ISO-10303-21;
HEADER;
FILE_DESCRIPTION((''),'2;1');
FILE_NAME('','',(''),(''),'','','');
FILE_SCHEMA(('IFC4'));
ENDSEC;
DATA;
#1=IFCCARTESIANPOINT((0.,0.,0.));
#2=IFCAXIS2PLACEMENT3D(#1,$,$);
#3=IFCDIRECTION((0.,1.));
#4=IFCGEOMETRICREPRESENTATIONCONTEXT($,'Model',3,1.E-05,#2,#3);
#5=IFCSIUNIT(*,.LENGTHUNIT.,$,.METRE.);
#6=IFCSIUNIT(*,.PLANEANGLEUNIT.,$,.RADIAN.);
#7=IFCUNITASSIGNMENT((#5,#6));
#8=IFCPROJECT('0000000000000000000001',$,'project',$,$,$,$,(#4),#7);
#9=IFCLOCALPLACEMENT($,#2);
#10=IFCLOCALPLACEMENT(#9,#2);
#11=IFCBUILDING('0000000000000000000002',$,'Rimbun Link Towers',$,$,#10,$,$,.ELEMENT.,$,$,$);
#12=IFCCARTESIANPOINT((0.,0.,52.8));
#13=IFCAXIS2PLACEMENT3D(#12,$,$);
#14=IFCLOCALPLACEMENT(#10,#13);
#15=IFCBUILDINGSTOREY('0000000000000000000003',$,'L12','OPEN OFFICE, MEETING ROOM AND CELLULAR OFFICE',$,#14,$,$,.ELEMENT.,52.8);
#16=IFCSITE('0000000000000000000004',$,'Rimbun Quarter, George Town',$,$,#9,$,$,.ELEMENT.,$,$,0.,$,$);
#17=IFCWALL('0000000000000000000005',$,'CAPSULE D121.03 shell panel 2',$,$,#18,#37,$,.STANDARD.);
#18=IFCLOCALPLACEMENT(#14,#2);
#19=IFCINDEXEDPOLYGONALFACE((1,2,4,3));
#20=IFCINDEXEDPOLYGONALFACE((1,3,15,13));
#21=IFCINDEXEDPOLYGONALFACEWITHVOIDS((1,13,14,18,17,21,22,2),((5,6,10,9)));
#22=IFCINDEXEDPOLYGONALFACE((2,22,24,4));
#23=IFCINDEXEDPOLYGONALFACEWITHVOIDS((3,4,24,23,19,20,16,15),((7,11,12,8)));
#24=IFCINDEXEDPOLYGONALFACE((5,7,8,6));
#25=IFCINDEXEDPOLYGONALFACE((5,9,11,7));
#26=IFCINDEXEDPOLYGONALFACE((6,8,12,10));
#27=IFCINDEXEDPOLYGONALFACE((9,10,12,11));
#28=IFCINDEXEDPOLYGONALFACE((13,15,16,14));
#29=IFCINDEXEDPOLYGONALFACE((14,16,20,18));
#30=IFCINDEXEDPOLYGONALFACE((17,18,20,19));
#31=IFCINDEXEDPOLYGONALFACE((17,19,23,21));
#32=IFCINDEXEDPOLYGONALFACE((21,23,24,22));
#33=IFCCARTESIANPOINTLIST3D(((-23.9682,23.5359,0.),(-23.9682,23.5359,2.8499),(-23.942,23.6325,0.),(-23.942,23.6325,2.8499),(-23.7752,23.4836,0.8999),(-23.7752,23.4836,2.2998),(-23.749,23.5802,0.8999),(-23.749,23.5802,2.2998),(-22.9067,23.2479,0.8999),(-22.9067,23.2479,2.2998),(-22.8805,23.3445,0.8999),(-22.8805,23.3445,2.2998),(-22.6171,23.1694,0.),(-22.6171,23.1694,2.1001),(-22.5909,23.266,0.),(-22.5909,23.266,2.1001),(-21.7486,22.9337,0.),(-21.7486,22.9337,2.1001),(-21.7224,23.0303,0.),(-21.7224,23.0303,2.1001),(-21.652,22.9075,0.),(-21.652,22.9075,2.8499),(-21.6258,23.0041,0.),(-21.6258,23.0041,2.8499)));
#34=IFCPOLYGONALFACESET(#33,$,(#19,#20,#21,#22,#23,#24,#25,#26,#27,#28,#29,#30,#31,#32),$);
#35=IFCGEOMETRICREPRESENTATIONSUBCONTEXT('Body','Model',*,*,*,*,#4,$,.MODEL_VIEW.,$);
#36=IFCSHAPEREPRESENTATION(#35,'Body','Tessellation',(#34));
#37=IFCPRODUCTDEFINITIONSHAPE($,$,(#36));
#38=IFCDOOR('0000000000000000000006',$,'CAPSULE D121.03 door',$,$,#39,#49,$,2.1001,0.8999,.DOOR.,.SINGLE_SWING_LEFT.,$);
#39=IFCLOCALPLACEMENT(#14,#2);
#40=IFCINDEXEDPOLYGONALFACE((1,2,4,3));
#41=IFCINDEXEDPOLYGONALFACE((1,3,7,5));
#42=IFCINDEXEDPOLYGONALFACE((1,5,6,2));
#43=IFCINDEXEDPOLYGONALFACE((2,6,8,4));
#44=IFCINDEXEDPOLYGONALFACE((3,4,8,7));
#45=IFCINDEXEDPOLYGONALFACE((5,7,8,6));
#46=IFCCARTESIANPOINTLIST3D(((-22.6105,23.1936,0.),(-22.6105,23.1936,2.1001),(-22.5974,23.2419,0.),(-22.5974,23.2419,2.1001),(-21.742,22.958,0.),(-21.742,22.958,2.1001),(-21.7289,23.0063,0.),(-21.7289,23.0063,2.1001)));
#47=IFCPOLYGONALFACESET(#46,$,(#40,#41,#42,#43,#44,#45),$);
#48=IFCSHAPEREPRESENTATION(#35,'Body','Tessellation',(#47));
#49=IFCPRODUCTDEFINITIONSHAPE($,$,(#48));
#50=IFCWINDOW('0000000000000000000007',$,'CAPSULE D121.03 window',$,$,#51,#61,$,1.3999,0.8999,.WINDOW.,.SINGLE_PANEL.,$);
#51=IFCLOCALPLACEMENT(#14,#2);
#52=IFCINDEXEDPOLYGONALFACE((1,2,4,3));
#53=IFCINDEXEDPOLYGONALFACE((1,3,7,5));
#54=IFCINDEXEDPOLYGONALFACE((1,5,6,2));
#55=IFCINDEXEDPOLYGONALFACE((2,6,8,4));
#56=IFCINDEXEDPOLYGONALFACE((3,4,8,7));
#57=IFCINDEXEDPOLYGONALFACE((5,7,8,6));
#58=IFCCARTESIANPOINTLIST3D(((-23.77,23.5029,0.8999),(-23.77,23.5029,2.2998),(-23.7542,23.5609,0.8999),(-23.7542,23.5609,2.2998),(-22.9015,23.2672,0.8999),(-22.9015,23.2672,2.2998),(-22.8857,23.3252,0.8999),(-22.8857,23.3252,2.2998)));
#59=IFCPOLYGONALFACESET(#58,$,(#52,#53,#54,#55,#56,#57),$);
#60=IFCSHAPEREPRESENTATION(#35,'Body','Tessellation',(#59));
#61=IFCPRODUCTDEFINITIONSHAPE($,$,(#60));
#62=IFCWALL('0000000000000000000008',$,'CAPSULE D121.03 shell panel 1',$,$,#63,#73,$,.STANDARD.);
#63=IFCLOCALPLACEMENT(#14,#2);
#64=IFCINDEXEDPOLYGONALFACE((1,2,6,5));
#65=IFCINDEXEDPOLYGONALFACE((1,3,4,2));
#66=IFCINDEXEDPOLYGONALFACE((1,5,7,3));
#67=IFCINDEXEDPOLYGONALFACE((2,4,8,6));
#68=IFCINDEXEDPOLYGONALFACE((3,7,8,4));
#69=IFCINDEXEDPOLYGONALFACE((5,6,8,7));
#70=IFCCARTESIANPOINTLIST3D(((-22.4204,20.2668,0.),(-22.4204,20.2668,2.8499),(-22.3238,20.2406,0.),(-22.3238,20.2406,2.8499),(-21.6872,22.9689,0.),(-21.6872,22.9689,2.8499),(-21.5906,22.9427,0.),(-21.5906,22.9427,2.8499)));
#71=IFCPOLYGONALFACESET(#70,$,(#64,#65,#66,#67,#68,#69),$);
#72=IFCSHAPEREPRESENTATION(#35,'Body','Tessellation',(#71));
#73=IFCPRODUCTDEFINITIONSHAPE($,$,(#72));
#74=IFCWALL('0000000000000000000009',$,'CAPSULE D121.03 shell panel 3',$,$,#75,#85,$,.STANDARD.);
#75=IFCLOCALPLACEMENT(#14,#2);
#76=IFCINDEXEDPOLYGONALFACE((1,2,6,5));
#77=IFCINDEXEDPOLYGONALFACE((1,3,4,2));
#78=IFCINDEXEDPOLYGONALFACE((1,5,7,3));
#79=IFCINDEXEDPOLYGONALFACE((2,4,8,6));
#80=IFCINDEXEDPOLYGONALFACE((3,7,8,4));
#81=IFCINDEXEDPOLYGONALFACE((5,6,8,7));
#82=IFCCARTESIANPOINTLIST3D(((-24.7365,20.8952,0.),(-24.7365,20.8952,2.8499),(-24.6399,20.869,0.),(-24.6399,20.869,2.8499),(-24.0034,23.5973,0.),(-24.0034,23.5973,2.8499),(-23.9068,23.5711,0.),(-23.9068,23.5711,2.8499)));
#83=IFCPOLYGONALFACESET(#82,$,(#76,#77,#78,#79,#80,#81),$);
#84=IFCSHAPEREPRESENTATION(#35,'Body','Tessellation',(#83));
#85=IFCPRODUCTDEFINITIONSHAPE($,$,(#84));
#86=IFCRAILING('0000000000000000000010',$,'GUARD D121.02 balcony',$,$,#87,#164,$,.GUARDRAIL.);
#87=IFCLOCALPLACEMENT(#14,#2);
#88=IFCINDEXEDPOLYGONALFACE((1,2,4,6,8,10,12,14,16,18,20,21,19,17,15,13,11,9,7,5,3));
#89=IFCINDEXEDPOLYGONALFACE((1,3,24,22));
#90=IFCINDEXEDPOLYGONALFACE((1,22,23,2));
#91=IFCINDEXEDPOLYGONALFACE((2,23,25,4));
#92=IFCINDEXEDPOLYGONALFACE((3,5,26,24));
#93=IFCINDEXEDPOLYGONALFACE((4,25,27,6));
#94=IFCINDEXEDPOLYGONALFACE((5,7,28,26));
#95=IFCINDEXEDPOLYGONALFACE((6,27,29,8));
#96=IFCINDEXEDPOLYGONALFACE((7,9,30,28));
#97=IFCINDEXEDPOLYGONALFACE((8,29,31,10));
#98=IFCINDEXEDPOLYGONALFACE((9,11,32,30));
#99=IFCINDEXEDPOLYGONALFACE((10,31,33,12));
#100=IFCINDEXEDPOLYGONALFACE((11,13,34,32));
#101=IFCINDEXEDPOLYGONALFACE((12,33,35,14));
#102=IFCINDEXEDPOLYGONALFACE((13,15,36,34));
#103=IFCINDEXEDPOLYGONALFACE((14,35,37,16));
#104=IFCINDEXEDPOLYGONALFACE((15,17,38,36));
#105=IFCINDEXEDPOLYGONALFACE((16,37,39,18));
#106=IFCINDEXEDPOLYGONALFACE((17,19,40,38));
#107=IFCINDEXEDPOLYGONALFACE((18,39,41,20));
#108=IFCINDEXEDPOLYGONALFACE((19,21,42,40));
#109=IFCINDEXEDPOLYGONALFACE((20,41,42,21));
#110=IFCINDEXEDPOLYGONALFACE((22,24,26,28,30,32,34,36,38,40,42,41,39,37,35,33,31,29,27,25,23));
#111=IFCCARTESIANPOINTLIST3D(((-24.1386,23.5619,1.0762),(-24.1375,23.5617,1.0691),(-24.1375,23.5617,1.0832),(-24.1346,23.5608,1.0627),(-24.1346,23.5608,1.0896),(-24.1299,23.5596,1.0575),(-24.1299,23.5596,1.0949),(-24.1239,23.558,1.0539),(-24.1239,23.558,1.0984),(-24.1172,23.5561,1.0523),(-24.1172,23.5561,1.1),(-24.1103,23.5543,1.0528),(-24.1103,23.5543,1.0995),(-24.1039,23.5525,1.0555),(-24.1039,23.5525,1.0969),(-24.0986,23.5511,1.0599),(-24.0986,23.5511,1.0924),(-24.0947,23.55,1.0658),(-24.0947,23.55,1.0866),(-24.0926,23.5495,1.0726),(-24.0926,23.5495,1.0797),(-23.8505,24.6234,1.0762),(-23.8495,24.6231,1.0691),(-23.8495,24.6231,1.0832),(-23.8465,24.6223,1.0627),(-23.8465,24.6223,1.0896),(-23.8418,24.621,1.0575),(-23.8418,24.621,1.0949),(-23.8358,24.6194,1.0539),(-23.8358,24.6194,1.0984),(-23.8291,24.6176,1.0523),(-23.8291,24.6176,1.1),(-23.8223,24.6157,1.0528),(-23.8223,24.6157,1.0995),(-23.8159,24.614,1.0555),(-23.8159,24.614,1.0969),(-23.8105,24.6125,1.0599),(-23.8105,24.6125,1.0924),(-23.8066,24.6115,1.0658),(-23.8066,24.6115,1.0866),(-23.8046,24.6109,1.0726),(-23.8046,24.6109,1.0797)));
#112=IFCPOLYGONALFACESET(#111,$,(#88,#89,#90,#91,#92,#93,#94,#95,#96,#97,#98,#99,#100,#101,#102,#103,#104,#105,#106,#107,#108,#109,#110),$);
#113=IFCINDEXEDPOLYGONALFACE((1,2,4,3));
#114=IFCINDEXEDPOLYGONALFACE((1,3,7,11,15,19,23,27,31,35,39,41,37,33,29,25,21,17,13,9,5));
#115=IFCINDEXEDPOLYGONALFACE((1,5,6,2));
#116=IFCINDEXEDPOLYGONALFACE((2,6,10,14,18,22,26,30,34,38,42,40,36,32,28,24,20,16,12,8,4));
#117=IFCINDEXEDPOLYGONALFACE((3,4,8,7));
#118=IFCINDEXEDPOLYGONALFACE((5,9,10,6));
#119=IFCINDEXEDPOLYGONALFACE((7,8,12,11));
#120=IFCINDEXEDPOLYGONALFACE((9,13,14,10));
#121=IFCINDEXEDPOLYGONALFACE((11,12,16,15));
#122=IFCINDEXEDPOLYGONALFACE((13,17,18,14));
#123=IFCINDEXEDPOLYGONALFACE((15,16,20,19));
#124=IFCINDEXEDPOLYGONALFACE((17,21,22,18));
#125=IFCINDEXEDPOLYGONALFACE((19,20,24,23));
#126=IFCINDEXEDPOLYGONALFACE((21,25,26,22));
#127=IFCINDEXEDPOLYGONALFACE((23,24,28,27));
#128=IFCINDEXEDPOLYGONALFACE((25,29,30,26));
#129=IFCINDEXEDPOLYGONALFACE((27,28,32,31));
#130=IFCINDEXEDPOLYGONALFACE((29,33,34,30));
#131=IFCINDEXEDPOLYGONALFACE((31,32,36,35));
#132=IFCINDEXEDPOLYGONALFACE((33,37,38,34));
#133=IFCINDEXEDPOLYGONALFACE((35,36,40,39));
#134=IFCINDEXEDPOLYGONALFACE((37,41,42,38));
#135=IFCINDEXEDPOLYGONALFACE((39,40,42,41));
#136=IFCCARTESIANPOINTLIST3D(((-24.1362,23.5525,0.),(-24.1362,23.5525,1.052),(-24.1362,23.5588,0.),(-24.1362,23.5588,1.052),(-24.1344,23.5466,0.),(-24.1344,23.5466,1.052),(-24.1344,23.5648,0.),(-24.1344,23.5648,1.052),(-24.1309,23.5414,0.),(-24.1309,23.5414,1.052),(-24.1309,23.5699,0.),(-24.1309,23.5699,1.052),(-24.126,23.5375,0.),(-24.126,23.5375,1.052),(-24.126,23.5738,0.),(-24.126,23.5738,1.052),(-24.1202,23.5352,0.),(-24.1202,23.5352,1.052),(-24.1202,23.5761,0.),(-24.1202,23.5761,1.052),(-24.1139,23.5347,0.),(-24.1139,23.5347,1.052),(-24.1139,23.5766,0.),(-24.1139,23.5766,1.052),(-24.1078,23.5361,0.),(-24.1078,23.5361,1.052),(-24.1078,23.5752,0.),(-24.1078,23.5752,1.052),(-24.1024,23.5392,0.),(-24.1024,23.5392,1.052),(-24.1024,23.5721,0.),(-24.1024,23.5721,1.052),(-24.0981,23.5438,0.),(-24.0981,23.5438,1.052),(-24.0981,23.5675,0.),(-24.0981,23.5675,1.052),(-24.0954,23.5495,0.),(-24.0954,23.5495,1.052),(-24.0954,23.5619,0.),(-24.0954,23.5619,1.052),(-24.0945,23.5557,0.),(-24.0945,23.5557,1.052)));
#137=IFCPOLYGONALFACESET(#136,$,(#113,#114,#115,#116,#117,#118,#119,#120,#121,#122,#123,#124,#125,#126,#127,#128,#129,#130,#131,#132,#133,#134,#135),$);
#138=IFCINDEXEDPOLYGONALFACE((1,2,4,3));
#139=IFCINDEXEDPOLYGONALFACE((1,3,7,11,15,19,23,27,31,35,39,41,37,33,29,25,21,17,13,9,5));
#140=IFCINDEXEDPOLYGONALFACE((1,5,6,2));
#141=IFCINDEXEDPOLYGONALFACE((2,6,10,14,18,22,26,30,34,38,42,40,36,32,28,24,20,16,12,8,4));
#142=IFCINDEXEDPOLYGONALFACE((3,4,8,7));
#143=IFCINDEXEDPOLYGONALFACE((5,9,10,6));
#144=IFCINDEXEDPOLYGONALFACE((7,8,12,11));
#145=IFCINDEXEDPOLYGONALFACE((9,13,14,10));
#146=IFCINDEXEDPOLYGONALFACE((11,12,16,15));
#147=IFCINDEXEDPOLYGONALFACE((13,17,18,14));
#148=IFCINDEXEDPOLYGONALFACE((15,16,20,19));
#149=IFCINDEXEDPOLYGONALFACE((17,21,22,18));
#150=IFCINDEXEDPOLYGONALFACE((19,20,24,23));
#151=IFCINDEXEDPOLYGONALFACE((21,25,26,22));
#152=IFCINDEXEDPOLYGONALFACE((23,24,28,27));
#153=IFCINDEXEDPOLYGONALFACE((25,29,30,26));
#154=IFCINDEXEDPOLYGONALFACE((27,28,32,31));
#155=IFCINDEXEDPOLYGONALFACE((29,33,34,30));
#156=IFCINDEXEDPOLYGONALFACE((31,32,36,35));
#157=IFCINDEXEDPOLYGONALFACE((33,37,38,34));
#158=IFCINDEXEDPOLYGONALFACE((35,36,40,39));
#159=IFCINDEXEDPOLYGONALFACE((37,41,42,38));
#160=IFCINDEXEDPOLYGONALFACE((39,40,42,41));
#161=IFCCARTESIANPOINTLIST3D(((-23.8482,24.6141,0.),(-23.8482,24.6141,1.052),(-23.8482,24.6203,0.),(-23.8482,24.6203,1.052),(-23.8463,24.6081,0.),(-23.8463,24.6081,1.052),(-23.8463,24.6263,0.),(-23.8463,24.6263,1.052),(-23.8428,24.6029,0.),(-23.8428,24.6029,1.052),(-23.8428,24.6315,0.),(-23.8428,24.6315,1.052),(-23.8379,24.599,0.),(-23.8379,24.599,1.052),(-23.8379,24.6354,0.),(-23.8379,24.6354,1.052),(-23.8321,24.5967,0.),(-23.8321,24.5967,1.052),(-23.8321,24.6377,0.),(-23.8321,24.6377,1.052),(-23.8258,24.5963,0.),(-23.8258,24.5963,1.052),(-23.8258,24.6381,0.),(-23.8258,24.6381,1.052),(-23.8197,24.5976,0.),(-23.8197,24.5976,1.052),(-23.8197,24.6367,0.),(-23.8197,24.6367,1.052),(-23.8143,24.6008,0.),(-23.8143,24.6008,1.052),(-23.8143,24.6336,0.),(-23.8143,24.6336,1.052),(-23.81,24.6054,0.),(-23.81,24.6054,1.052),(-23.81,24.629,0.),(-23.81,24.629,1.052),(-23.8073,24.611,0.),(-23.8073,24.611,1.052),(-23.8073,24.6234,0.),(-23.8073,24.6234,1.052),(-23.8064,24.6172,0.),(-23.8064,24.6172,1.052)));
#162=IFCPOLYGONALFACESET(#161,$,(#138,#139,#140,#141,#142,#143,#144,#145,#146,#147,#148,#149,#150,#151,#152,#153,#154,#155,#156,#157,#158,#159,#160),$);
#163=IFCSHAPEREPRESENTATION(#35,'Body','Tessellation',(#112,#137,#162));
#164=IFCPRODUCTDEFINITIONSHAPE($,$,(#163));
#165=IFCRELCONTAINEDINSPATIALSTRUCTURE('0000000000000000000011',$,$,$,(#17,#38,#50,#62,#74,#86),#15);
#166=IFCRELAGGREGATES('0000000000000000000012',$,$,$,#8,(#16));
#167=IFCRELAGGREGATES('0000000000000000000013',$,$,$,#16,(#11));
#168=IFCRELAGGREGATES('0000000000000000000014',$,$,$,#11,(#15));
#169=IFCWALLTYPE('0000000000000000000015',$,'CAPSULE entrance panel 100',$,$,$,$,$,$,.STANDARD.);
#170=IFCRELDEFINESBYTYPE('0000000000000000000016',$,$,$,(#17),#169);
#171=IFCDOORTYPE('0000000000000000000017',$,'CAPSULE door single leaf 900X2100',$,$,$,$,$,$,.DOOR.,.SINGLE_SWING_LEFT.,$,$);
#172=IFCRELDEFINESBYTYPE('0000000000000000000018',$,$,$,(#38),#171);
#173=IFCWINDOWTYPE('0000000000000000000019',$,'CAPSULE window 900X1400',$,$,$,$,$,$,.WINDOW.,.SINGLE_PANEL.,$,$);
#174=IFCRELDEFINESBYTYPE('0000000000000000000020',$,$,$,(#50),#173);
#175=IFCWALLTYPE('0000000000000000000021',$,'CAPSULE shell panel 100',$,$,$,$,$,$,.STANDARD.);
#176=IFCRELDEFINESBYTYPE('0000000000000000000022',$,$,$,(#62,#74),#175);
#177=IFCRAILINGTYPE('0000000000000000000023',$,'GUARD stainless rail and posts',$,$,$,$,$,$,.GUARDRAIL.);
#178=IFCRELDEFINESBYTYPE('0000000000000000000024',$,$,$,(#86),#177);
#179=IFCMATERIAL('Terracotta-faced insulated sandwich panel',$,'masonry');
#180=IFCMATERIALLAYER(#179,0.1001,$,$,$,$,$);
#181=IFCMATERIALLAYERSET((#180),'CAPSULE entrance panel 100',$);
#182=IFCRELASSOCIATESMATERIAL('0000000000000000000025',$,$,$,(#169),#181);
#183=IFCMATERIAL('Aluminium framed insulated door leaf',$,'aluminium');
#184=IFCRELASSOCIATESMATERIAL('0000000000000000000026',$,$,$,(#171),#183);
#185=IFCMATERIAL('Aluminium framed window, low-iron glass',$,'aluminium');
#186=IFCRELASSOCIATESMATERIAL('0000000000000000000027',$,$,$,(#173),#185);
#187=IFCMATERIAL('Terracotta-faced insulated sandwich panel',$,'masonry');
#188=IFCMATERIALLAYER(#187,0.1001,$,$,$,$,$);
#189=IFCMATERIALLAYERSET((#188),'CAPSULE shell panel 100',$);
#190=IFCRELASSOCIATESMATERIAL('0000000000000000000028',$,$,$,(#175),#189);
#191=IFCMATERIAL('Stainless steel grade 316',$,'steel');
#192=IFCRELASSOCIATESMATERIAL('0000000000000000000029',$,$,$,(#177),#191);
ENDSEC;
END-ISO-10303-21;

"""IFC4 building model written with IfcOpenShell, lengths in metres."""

from ifc_helpers import new_model, si_unit, direction, frame, frame_2d, origin, origin_2d, place, context, subcontext, project, spatial, rectangle, circle, extrude, material, layer, layer_set, type_object, element, fill, save


model = new_model("IFC4")

# Units and contexts
model_context = context("Model", 3, precision=1e-05, world=origin(), true_north=direction((0.0, 1.0)))
body_context = subcontext(model_context, "Body", "Model", "MODEL_VIEW")
ifc_project = project(units=[si_unit("LENGTHUNIT", "METRE"), si_unit("PLANEANGLEUNIT", "RADIAN")], contexts=[model_context])

# Site, building, storey
site_placement = place(None, origin())
site = spatial("IfcSite", under=ifc_project, at=site_placement, Name="Rimbun Quarter, George Town", CompositionType="ELEMENT", RefElevation=0.0)
building_placement = place(site_placement, origin())
building = spatial("IfcBuilding", under=site, at=building_placement, Name="Rimbun Link Towers", CompositionType="ELEMENT")
storey_placement = place(building_placement, frame((0.0, 0.0, 52.8)))
storey = spatial("IfcBuildingStorey", under=building, at=storey_placement, Name="L12", Description="OPEN OFFICE, MEETING ROOM AND CELLULAR OFFICE", CompositionType="ELEMENT", Elevation=52.8)

# Wall, openings, door, window
ifc_material_1 = material(Name="Terracotta-faced insulated sandwich panel", Category="masonry")
ifc_layer_1 = layer(ifc_material_1, 0.1001)
ifc_layer_set_1 = layer_set([ifc_layer_1], Name="CAPSULE entrance panel 100")
wall_type_1 = type_object("IfcWallType", Name="CAPSULE entrance panel 100", PredefinedType="STANDARD", material=ifc_layer_set_1)
ifc_material_2 = material(Name="Aluminium framed insulated door leaf", Category="aluminium")
door_type = type_object("IfcDoorType", Name="CAPSULE door single leaf 900X2100", OperationType="SINGLE_SWING_LEFT", PredefinedType="DOOR", material=ifc_material_2)
ifc_material_3 = material(Name="Aluminium framed window, low-iron glass", Category="aluminium")
window_type = type_object("IfcWindowType", Name="CAPSULE window 900X1400", PartitioningType="SINGLE_PANEL", PredefinedType="WINDOW", material=ifc_material_3)
wall_1_placement = place(storey_placement, frame((-21.6389, 22.9558, 0.0), z_axis=(0.0, 0.0, 1.0), x_axis=(-0.965108, 0.261852, 0.0)))
wall_1 = element("IfcWall", 1, at=wall_1_placement, inside=storey, type_object=wall_type_1, Name="CAPSULE D121.03 shell panel 2", PredefinedType="STANDARD", context=body_context, shape_type="SweptSolid", body=[
    extrude(rectangle(XDim=2.3999, YDim=0.1001, at=frame_2d((1.2, 0.0))), origin(), (0.0, 0.0, 1.0), 2.8499),
])
opening_1_placement = place(wall_1_placement, frame((0.1001, 0.0, 0.0)))
opening_1 = element("IfcOpeningElement", 2, at=opening_1_placement, cuts=wall_1, PredefinedType="OPENING", context=body_context, shape_type="SweptSolid", body=[
    extrude(rectangle(XDim=0.8999, YDim=2.1001, at=frame_2d((0.45, 1.05))), frame((0.0, 0.0601, 0.0), z_axis=(0.0, -1.0, 0.0), x_axis=(1.0, 0.0, 0.0)), (0.0, 0.0, 1.0), 0.1201),
])
opening_2_placement = place(wall_1_placement, frame((1.3, 0.0, 0.8999)))
opening_2 = element("IfcOpeningElement", 3, at=opening_2_placement, cuts=wall_1, PredefinedType="OPENING", context=body_context, shape_type="SweptSolid", body=[
    extrude(rectangle(XDim=0.8999, YDim=1.3999, at=frame_2d((0.45, 0.7))), frame((0.0, 0.0601, 0.0), z_axis=(0.0, -1.0, 0.0), x_axis=(1.0, 0.0, 0.0)), (0.0, 0.0, 1.0), 0.1201),
])
door_1_placement = place(opening_1_placement, origin())
door_1 = element("IfcDoor", 4, at=door_1_placement, inside=storey, type_object=door_type, Name="CAPSULE D121.03 door", OperationType="SINGLE_SWING_LEFT", OverallHeight=2.1001, OverallWidth=0.8999, PredefinedType="DOOR", context=body_context, shape_type="SweptSolid", body=[
    extrude(rectangle(XDim=0.8999, YDim=2.1001, at=frame_2d((0.45, 1.05))), frame((0.0, 0.0249, 0.0), z_axis=(0.0, -1.0, 0.0), x_axis=(1.0, 0.0, 0.0)), (0.0, 0.0, 1.0), 0.05),
])
fill(opening_1, door_1)
window_1_placement = place(opening_2_placement, origin())
window_1 = element("IfcWindow", 5, at=window_1_placement, inside=storey, type_object=window_type, Name="CAPSULE D121.03 window", OverallHeight=1.3999, OverallWidth=0.8999, PartitioningType="SINGLE_PANEL", PredefinedType="WINDOW", context=body_context, shape_type="SweptSolid", body=[
    extrude(rectangle(XDim=0.8999, YDim=1.3999, at=frame_2d((0.45, 0.7))), frame((0.0, 0.03, 0.0), z_axis=(0.0, -1.0, 0.0), x_axis=(1.0, 0.0, 0.0)), (0.0, 0.0, 1.0), 0.0601),
])
fill(opening_2, window_1)

# Walls
ifc_material_4 = material(Name="Terracotta-faced insulated sandwich panel", Category="masonry")
ifc_layer_2 = layer(ifc_material_4, 0.1001)
ifc_layer_set_2 = layer_set([ifc_layer_2], Name="CAPSULE shell panel 100")
wall_type_2 = type_object("IfcWallType", Name="CAPSULE shell panel 100", PredefinedType="STANDARD", material=ifc_layer_set_2)
for number, where, z_axis, x_axis, name in (
    (6, (-22.3721, 20.2537, 0.0), (0.0, 0.0, 1.0), (0.261855, 0.965107, 0.0), "CAPSULE D121.03 shell panel 1"),
    (7, (-23.9551, 23.5842, 0.0), (0.0, 0.0, 1.0), (-0.261855, -0.965107, 0.0), "CAPSULE D121.03 shell panel 3"),
):
    element("IfcWall", number, at=place(storey_placement, frame(where, z_axis=z_axis, x_axis=x_axis)), inside=storey, type_object=wall_type_2, Name=name, PredefinedType="STANDARD", context=body_context, shape_type="SweptSolid", body=[
        extrude(rectangle(XDim=2.7998, YDim=0.1001, at=frame_2d((1.3999, 0.0))), origin(), (0.0, 0.0, 1.0), 2.8499),
    ])

# Railing
ifc_material_5 = material(Name="Stainless steel grade 316", Category="steel")
railing_type = type_object("IfcRailingType", Name="GUARD stainless rail and posts", PredefinedType="GUARDRAIL", material=ifc_material_5)
railing_1_placement = place(storey_placement, frame((-24.1155, 23.5557, 0.0)))
element("IfcRailing", 8, at=railing_1_placement, inside=storey, type_object=railing_type, Name="GUARD D121.02 balcony", PredefinedType="GUARDRAIL", context=body_context, shape_type="SweptSolid", body=[
    extrude(circle(Radius=0.0239, at=origin_2d()), frame((0.0, 0.0, 1.0762), z_axis=(0.261915, 0.965091, 0.0), x_axis=(-0.965091, 0.261915, 0.0)), (0.0, 0.0, 1.0), 1.0999),
    extrude(circle(Radius=0.021, at=origin_2d()), origin(), (0.0, 0.0, 1.0), 1.052),
    extrude(circle(Radius=0.021, at=origin_2d()), frame((0.2881, 1.0615, 0.0)), (0.0, 0.0, 1.0), 1.052),
])

save(model, "model.ifc")
